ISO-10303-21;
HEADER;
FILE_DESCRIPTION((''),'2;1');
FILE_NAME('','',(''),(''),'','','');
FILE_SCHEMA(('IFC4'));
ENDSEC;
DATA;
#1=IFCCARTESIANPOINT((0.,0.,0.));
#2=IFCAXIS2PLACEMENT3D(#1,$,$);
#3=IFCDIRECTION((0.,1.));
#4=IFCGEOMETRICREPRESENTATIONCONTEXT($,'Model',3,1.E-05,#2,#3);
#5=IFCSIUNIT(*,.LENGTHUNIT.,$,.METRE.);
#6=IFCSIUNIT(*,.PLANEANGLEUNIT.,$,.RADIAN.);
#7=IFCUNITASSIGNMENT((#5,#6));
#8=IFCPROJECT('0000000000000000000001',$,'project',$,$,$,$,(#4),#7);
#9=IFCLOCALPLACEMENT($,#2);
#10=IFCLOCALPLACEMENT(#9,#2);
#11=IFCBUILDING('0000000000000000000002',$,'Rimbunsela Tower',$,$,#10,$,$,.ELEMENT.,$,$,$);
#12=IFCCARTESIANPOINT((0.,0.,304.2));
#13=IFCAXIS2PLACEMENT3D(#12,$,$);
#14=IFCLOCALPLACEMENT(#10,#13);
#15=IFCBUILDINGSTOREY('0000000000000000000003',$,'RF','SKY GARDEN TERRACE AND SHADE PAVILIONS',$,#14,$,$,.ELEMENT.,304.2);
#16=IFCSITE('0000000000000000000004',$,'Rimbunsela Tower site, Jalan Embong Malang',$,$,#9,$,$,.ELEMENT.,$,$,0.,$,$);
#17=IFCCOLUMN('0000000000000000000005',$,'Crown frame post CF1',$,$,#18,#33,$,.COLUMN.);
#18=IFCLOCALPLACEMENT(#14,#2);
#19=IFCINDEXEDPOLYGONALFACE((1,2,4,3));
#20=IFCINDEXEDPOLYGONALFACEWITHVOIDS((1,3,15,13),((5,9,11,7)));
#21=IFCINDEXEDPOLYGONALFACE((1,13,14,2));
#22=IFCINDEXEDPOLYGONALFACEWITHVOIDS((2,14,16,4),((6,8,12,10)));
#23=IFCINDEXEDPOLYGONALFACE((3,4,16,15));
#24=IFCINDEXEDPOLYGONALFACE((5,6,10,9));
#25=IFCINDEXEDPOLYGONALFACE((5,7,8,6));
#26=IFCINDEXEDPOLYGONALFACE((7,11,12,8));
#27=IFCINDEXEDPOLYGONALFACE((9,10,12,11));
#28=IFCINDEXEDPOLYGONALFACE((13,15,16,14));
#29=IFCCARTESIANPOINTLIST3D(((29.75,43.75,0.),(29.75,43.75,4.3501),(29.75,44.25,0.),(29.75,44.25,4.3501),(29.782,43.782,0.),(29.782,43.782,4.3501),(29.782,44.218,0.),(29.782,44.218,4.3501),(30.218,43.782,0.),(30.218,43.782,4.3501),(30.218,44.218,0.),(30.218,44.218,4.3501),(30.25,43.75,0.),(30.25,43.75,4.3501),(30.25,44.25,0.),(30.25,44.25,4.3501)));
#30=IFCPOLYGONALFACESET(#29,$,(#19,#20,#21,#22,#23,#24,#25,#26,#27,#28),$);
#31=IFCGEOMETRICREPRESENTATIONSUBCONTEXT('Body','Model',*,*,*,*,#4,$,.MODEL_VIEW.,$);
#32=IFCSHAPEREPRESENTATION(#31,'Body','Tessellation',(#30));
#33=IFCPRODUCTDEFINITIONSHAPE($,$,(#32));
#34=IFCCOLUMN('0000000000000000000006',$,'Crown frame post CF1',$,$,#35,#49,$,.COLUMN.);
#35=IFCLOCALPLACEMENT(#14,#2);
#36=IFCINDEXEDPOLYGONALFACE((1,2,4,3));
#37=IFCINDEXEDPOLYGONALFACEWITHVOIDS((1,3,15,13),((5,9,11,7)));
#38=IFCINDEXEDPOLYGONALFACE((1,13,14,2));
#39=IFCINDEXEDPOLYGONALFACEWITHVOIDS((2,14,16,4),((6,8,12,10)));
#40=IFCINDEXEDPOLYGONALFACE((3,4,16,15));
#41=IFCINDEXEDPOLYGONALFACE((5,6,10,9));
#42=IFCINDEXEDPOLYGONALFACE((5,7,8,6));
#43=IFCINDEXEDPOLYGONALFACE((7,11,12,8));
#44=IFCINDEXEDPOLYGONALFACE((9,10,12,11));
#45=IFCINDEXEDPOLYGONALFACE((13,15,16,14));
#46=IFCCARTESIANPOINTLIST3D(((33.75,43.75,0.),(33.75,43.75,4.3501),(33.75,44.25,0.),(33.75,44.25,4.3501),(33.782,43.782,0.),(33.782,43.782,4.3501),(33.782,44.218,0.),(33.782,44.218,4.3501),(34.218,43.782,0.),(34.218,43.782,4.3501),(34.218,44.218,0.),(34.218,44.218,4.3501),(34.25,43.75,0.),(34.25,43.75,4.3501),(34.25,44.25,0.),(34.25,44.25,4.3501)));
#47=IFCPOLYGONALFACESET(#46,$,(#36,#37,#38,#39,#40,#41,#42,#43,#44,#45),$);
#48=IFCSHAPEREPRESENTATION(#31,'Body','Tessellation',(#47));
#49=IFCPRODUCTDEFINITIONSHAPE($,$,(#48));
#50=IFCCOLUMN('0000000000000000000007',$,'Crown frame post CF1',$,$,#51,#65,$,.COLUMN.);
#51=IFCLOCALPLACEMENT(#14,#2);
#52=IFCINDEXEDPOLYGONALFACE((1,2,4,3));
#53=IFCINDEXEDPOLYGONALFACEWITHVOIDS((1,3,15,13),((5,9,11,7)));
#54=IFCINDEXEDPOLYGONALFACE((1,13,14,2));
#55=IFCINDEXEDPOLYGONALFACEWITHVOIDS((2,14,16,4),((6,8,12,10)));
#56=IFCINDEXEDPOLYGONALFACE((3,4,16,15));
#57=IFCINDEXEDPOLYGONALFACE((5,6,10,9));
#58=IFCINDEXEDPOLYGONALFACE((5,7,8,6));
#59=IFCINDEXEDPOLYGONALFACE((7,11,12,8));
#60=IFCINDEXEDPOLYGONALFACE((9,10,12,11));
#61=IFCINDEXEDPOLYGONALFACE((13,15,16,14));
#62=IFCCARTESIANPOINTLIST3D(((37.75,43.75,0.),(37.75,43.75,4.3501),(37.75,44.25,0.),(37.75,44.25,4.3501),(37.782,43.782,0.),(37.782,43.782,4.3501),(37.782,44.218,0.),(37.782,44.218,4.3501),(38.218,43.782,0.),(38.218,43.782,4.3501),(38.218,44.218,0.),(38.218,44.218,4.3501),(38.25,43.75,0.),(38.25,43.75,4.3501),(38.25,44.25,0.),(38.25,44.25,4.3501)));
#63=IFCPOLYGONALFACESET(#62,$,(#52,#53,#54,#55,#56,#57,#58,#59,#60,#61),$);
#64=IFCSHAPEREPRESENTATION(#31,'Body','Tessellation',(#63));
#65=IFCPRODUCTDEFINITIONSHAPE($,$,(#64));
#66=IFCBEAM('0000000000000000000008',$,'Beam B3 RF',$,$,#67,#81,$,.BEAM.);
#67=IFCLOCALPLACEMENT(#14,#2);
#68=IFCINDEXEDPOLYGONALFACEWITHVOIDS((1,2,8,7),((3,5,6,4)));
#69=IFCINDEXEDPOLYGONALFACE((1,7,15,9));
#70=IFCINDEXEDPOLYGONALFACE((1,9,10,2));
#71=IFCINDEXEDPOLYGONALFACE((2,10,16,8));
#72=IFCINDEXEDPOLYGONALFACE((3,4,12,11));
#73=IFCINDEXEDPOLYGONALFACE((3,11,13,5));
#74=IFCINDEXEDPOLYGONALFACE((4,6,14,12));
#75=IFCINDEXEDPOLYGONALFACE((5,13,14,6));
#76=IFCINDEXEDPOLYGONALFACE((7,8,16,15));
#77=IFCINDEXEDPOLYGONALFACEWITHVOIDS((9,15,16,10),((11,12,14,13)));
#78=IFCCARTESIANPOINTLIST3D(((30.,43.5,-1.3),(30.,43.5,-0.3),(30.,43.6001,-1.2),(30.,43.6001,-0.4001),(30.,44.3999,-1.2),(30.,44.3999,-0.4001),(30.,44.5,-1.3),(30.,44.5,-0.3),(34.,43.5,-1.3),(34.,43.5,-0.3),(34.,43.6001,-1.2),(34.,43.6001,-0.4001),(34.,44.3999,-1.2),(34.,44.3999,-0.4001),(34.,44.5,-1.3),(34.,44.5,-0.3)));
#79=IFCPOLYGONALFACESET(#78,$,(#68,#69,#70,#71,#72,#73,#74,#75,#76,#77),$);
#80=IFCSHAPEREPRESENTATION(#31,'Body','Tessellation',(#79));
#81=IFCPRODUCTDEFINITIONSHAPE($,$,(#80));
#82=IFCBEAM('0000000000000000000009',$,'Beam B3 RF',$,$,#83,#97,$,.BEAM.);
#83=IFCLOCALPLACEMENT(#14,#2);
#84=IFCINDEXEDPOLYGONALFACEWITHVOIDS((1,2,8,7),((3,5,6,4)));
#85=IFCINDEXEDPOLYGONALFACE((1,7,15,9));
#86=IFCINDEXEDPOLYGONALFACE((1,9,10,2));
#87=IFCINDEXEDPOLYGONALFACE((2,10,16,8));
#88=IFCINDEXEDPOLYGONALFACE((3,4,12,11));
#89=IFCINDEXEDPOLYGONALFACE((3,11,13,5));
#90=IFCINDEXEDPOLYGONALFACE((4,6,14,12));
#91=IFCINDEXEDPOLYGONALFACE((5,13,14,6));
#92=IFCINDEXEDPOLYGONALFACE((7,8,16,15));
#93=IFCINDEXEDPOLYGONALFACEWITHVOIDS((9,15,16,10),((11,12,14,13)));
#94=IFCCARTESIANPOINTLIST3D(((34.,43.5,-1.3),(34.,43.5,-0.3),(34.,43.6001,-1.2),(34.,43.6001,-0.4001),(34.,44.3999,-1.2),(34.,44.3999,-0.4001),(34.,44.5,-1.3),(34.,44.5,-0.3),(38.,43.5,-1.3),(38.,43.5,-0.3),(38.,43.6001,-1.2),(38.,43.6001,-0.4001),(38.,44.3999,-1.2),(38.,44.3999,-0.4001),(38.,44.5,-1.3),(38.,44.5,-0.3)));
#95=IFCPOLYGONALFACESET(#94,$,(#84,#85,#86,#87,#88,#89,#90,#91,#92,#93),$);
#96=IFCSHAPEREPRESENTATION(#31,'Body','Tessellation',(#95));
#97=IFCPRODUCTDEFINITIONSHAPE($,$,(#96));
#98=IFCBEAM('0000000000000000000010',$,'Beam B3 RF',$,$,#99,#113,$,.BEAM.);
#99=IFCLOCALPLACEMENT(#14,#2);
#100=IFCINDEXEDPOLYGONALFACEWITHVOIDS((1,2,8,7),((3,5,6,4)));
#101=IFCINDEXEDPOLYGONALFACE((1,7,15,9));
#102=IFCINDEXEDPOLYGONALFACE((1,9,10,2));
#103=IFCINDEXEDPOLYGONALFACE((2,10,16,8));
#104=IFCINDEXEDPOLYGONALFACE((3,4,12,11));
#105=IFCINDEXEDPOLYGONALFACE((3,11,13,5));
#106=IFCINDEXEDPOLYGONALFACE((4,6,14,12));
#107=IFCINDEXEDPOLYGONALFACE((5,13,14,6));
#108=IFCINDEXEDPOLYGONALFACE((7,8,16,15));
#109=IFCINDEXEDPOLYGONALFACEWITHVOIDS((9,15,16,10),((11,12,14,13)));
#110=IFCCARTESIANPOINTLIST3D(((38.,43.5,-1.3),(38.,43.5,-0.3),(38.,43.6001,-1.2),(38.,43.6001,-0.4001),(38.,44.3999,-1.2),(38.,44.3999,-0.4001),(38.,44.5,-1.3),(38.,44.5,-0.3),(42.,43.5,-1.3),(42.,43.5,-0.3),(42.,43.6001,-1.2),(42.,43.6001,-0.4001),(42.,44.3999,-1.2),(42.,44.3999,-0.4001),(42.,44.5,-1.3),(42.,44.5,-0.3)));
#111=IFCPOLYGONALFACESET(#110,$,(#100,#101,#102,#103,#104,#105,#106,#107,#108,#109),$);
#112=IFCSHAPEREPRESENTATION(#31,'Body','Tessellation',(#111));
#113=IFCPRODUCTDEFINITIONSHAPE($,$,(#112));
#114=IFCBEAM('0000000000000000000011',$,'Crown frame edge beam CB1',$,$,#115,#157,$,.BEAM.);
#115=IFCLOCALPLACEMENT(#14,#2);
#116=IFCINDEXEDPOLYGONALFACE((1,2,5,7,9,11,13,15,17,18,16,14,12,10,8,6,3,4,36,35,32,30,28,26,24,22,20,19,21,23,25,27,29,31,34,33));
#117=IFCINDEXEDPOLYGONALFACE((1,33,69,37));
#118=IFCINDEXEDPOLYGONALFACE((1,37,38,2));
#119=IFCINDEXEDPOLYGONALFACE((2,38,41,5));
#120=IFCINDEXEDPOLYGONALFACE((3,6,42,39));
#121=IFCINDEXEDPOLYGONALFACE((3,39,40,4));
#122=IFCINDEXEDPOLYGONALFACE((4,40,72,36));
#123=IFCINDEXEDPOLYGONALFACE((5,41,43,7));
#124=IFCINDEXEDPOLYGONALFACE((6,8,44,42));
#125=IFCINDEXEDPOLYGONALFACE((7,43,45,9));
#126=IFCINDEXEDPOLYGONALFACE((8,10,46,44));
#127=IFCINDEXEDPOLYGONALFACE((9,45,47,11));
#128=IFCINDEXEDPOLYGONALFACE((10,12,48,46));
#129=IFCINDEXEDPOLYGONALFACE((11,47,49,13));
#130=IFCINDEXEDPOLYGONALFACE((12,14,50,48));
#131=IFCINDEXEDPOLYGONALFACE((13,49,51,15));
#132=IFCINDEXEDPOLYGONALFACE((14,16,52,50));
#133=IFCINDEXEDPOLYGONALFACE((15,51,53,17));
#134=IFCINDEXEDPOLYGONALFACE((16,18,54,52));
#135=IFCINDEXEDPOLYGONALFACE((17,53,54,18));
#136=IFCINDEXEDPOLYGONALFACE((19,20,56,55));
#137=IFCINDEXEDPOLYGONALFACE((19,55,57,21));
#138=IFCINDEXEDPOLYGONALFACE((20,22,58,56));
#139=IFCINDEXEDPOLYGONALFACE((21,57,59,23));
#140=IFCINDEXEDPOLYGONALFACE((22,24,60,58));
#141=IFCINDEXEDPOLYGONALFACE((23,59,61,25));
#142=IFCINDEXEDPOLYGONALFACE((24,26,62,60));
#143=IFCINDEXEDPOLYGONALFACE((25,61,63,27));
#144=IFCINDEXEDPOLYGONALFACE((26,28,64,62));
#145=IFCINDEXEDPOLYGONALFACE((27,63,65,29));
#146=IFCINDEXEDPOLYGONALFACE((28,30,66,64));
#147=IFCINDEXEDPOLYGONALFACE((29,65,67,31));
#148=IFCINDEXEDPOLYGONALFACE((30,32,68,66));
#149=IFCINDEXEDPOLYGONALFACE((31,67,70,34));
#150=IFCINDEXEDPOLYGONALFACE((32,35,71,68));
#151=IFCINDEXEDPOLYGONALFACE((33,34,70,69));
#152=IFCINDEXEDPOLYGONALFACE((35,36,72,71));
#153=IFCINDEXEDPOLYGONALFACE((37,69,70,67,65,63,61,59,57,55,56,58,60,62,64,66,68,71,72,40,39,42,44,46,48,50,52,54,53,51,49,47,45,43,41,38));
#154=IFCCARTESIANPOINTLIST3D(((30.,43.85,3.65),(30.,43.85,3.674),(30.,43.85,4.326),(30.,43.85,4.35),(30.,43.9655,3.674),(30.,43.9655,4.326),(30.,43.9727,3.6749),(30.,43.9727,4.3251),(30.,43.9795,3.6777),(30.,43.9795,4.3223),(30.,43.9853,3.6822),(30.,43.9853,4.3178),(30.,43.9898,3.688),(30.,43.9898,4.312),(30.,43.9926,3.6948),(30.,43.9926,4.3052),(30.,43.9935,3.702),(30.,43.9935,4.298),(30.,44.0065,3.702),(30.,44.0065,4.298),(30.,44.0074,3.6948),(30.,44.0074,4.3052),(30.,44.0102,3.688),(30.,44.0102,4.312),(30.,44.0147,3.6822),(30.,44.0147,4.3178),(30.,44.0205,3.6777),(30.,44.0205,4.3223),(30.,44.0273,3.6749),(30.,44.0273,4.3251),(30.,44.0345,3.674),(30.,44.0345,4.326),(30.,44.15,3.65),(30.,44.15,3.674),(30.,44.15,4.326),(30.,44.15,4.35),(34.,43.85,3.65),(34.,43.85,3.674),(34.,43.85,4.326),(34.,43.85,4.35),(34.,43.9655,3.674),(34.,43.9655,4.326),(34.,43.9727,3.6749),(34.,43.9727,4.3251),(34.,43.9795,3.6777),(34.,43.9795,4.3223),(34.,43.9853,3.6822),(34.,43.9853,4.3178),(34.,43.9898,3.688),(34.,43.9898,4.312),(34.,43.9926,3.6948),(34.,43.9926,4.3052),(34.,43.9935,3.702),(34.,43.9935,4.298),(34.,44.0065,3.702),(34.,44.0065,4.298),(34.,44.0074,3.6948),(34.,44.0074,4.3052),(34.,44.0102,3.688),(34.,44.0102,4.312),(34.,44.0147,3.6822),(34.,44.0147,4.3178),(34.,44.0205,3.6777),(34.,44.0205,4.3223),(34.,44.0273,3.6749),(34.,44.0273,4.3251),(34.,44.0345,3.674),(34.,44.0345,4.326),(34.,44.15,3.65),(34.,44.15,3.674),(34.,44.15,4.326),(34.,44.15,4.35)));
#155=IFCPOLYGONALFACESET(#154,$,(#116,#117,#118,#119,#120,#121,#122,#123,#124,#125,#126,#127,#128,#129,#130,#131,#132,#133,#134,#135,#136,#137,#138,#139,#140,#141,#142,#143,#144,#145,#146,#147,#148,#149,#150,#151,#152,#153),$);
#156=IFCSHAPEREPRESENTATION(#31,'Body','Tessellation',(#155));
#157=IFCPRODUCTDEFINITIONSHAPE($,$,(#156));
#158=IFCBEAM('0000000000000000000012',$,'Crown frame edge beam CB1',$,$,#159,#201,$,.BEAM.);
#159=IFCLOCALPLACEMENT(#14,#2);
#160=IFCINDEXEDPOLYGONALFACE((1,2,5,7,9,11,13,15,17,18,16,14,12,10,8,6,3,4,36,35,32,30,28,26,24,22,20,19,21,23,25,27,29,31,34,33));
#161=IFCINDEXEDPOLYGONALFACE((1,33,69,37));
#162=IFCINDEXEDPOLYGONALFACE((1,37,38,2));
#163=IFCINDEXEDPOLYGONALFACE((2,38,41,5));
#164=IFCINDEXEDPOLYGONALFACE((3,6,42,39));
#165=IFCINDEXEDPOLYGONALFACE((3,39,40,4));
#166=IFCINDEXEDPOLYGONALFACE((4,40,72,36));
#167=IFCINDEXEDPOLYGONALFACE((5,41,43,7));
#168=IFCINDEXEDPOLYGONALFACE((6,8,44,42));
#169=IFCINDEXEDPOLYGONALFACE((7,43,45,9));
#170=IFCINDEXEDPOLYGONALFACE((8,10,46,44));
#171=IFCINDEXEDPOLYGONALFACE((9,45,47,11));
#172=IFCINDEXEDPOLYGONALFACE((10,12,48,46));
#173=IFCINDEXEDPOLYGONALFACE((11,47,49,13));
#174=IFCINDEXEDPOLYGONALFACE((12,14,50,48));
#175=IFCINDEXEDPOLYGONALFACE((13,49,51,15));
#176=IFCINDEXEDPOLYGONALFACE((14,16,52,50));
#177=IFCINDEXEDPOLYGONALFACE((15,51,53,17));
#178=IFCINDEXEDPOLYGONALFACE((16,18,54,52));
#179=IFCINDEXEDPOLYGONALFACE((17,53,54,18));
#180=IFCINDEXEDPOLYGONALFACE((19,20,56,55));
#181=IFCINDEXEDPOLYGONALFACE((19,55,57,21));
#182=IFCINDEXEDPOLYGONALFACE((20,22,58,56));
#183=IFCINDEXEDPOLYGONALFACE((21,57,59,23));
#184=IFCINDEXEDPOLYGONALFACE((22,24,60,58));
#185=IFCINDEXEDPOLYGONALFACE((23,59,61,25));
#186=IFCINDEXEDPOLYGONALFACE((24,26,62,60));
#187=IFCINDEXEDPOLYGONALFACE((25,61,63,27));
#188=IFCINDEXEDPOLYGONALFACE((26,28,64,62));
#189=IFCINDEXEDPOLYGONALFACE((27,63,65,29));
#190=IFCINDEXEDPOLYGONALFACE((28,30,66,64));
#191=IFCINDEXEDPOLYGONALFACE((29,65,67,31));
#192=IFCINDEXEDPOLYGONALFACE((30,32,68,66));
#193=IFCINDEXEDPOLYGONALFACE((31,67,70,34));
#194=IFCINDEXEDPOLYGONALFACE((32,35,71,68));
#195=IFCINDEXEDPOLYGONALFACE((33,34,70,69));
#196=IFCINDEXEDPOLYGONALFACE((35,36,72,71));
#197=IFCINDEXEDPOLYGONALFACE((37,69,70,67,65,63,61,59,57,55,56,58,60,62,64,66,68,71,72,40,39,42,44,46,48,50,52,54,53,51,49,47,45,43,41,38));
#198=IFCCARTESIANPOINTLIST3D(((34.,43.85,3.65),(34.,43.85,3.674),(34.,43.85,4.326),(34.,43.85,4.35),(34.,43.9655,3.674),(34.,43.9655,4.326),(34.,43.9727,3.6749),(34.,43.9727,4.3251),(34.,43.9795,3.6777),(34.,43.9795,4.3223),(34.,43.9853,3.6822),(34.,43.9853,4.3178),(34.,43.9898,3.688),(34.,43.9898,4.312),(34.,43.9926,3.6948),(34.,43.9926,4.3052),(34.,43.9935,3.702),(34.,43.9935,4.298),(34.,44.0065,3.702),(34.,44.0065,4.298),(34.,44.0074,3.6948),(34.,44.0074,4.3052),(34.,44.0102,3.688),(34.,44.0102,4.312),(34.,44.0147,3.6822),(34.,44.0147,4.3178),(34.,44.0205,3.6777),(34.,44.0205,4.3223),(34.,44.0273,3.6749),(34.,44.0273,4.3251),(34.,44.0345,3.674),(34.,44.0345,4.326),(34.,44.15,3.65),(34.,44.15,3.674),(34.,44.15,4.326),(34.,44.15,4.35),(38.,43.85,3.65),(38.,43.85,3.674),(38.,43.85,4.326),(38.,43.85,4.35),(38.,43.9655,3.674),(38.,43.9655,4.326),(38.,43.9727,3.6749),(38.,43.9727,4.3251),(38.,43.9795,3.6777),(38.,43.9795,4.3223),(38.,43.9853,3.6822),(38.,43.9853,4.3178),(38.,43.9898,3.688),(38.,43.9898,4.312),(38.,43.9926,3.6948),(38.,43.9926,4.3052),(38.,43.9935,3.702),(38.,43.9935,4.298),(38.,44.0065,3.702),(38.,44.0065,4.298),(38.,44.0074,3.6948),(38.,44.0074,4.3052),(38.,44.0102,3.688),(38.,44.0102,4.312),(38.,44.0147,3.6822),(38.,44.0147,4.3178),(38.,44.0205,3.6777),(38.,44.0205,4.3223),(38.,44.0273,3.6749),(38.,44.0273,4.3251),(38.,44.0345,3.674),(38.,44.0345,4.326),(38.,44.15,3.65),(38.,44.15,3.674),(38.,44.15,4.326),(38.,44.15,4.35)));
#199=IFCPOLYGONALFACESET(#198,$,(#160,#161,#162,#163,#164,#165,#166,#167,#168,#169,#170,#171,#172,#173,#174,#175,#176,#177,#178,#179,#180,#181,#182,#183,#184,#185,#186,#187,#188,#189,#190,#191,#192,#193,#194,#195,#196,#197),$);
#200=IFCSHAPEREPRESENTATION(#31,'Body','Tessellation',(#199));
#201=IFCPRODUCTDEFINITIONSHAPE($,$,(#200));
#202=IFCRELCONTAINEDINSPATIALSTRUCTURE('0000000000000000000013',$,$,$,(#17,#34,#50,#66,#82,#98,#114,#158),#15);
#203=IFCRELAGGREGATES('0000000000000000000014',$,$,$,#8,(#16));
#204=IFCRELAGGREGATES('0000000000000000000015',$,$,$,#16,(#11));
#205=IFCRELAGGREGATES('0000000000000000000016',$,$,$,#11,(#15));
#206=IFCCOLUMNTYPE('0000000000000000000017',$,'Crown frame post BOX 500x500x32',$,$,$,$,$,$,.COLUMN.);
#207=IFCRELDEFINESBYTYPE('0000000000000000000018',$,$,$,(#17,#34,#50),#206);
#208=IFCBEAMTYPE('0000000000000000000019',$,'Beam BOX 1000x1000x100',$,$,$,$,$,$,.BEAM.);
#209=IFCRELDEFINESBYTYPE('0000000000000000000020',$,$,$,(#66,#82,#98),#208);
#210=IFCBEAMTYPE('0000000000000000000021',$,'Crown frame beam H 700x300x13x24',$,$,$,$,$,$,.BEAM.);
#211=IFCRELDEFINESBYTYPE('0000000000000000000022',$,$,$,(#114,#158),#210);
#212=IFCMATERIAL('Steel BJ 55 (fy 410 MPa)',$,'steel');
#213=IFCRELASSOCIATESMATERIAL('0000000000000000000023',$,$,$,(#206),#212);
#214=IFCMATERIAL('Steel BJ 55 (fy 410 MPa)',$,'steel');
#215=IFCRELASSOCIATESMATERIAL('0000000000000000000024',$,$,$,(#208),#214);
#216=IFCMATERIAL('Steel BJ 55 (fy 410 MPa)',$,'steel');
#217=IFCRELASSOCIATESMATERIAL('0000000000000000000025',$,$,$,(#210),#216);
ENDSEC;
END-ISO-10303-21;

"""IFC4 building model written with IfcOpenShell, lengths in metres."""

from ifc_helpers import new_model, si_unit, direction, frame, origin, origin_2d, place, context, subcontext, project, spatial, hollow_rectangle, i_section, extrude, material, material_profile, profile_set, type_object, element, save


model = new_model("IFC4")

# Units and contexts
model_context = context("Model", 3, precision=1e-05, world=origin(), true_north=direction((0.0, 1.0)))
body_context = subcontext(model_context, "Body", "Model", "MODEL_VIEW")
ifc_project = project(units=[si_unit("LENGTHUNIT", "METRE"), si_unit("PLANEANGLEUNIT", "RADIAN")], contexts=[model_context])

# Site, building, storey
site_placement = place(None, origin())
site = spatial("IfcSite", under=ifc_project, at=site_placement, Name="Rimbunsela Tower site, Jalan Embong Malang", CompositionType="ELEMENT", RefElevation=0.0)
building_placement = place(site_placement, origin())
building = spatial("IfcBuilding", under=site, at=building_placement, Name="Rimbunsela Tower", CompositionType="ELEMENT")
storey_placement = place(building_placement, frame((0.0, 0.0, 304.2)))
storey = spatial("IfcBuildingStorey", under=building, at=storey_placement, Name="RF", Description="SKY GARDEN TERRACE AND SHADE PAVILIONS", CompositionType="ELEMENT", Elevation=304.2)

# Columns
ifc_material_1 = material(Name="Steel BJ 55 (fy 410 MPa)", Category="steel")
ifc_material_profile_1 = material_profile(ifc_material_1, hollow_rectangle(XDim=0.5, YDim=0.5, WallThickness=0.032, at=origin_2d()), Name="BOX 500x500x32")
ifc_profile_set_1 = profile_set([ifc_material_profile_1], Name="Steel BJ 55 (fy 410 MPa)")
column_type = type_object("IfcColumnType", Name="Crown frame post BOX 500x500x32", PredefinedType="COLUMN", material=ifc_profile_set_1)
for number, where, z_axis, x_axis, name in (
    (1, (30.0, 44.0, 0.0), (0.0, 0.0, 1.0), (1.0, 0.0, 0.0), "Crown frame post CF1"),
    (2, (34.0, 44.0, 0.0), (0.0, 0.0, 1.0), (1.0, 0.0, 0.0), "Crown frame post CF1"),
    (3, (38.0, 44.0, 0.0), (0.0, 0.0, 1.0), (1.0, 0.0, 0.0), "Crown frame post CF1"),
):
    element("IfcColumn", number, at=place(storey_placement, frame(where, z_axis=z_axis, x_axis=x_axis)), inside=storey, type_object=column_type, Name=name, PredefinedType="COLUMN", context=body_context, shape_type="SweptSolid", body=[
        extrude(hollow_rectangle(XDim=0.5, YDim=0.5, WallThickness=0.032, at=origin_2d()), origin(), (0.0, 0.0, 1.0), 4.3501),
    ])

# Beams
ifc_material_2 = material(Name="Steel BJ 55 (fy 410 MPa)", Category="steel")
ifc_material_profile_2 = material_profile(ifc_material_2, hollow_rectangle(XDim=1.0, YDim=1.0, WallThickness=0.1001, at=origin_2d()), Name="BOX 1000x1000x100")
ifc_profile_set_2 = profile_set([ifc_material_profile_2], Name="Steel BJ 55 (fy 410 MPa)")
beam_type_1 = type_object("IfcBeamType", Name="Beam BOX 1000x1000x100", PredefinedType="BEAM", material=ifc_profile_set_2)
for number, where, z_axis, x_axis, name in (
    (4, (30.0, 44.0, -0.8), (1.0, 0.0, 0.0), (0.0, 1.0, 0.0), "Beam B3 RF"),
    (5, (34.0, 44.0, -0.8), (1.0, 0.0, 0.0), (0.0, 1.0, 0.0), "Beam B3 RF"),
    (6, (38.0, 44.0, -0.8), (1.0, 0.0, 0.0), (0.0, 1.0, 0.0), "Beam B3 RF"),
):
    element("IfcBeam", number, at=place(storey_placement, frame(where, z_axis=z_axis, x_axis=x_axis)), inside=storey, type_object=beam_type_1, Name=name, PredefinedType="BEAM", context=body_context, shape_type="SweptSolid", body=[
        extrude(hollow_rectangle(XDim=1.0, YDim=1.0, WallThickness=0.1001, at=origin_2d()), origin(), (0.0, 0.0, 1.0), 4.0),
    ])
ifc_material_3 = material(Name="Steel BJ 55 (fy 410 MPa)", Category="steel")
ifc_material_profile_3 = material_profile(ifc_material_3, i_section(OverallWidth=0.3, OverallDepth=0.7, WebThickness=0.0129, FlangeThickness=0.0239, FilletRadius=0.0281, at=origin_2d()), Name="H 700x300x13x24")
ifc_profile_set_3 = profile_set([ifc_material_profile_3], Name="Steel BJ 55 (fy 410 MPa)")
beam_type_2 = type_object("IfcBeamType", Name="Crown frame beam H 700x300x13x24", PredefinedType="BEAM", material=ifc_profile_set_3)
for number, where, z_axis, x_axis, name in (
    (7, (30.0, 44.0, 4.0), (1.0, 0.0, 0.0), (0.0, 1.0, 0.0), "Crown frame edge beam CB1"),
    (8, (34.0, 44.0, 4.0), (1.0, 0.0, 0.0), (0.0, 1.0, 0.0), "Crown frame edge beam CB1"),
):
    element("IfcBeam", number, at=place(storey_placement, frame(where, z_axis=z_axis, x_axis=x_axis)), inside=storey, type_object=beam_type_2, Name=name, PredefinedType="BEAM", context=body_context, shape_type="SweptSolid", body=[
        extrude(i_section(OverallWidth=0.3, OverallDepth=0.7, WebThickness=0.0129, FlangeThickness=0.0239, FilletRadius=0.0281, at=origin_2d()), origin(), (0.0, 0.0, 1.0), 4.0),
    ])

save(model, "model.ifc")
